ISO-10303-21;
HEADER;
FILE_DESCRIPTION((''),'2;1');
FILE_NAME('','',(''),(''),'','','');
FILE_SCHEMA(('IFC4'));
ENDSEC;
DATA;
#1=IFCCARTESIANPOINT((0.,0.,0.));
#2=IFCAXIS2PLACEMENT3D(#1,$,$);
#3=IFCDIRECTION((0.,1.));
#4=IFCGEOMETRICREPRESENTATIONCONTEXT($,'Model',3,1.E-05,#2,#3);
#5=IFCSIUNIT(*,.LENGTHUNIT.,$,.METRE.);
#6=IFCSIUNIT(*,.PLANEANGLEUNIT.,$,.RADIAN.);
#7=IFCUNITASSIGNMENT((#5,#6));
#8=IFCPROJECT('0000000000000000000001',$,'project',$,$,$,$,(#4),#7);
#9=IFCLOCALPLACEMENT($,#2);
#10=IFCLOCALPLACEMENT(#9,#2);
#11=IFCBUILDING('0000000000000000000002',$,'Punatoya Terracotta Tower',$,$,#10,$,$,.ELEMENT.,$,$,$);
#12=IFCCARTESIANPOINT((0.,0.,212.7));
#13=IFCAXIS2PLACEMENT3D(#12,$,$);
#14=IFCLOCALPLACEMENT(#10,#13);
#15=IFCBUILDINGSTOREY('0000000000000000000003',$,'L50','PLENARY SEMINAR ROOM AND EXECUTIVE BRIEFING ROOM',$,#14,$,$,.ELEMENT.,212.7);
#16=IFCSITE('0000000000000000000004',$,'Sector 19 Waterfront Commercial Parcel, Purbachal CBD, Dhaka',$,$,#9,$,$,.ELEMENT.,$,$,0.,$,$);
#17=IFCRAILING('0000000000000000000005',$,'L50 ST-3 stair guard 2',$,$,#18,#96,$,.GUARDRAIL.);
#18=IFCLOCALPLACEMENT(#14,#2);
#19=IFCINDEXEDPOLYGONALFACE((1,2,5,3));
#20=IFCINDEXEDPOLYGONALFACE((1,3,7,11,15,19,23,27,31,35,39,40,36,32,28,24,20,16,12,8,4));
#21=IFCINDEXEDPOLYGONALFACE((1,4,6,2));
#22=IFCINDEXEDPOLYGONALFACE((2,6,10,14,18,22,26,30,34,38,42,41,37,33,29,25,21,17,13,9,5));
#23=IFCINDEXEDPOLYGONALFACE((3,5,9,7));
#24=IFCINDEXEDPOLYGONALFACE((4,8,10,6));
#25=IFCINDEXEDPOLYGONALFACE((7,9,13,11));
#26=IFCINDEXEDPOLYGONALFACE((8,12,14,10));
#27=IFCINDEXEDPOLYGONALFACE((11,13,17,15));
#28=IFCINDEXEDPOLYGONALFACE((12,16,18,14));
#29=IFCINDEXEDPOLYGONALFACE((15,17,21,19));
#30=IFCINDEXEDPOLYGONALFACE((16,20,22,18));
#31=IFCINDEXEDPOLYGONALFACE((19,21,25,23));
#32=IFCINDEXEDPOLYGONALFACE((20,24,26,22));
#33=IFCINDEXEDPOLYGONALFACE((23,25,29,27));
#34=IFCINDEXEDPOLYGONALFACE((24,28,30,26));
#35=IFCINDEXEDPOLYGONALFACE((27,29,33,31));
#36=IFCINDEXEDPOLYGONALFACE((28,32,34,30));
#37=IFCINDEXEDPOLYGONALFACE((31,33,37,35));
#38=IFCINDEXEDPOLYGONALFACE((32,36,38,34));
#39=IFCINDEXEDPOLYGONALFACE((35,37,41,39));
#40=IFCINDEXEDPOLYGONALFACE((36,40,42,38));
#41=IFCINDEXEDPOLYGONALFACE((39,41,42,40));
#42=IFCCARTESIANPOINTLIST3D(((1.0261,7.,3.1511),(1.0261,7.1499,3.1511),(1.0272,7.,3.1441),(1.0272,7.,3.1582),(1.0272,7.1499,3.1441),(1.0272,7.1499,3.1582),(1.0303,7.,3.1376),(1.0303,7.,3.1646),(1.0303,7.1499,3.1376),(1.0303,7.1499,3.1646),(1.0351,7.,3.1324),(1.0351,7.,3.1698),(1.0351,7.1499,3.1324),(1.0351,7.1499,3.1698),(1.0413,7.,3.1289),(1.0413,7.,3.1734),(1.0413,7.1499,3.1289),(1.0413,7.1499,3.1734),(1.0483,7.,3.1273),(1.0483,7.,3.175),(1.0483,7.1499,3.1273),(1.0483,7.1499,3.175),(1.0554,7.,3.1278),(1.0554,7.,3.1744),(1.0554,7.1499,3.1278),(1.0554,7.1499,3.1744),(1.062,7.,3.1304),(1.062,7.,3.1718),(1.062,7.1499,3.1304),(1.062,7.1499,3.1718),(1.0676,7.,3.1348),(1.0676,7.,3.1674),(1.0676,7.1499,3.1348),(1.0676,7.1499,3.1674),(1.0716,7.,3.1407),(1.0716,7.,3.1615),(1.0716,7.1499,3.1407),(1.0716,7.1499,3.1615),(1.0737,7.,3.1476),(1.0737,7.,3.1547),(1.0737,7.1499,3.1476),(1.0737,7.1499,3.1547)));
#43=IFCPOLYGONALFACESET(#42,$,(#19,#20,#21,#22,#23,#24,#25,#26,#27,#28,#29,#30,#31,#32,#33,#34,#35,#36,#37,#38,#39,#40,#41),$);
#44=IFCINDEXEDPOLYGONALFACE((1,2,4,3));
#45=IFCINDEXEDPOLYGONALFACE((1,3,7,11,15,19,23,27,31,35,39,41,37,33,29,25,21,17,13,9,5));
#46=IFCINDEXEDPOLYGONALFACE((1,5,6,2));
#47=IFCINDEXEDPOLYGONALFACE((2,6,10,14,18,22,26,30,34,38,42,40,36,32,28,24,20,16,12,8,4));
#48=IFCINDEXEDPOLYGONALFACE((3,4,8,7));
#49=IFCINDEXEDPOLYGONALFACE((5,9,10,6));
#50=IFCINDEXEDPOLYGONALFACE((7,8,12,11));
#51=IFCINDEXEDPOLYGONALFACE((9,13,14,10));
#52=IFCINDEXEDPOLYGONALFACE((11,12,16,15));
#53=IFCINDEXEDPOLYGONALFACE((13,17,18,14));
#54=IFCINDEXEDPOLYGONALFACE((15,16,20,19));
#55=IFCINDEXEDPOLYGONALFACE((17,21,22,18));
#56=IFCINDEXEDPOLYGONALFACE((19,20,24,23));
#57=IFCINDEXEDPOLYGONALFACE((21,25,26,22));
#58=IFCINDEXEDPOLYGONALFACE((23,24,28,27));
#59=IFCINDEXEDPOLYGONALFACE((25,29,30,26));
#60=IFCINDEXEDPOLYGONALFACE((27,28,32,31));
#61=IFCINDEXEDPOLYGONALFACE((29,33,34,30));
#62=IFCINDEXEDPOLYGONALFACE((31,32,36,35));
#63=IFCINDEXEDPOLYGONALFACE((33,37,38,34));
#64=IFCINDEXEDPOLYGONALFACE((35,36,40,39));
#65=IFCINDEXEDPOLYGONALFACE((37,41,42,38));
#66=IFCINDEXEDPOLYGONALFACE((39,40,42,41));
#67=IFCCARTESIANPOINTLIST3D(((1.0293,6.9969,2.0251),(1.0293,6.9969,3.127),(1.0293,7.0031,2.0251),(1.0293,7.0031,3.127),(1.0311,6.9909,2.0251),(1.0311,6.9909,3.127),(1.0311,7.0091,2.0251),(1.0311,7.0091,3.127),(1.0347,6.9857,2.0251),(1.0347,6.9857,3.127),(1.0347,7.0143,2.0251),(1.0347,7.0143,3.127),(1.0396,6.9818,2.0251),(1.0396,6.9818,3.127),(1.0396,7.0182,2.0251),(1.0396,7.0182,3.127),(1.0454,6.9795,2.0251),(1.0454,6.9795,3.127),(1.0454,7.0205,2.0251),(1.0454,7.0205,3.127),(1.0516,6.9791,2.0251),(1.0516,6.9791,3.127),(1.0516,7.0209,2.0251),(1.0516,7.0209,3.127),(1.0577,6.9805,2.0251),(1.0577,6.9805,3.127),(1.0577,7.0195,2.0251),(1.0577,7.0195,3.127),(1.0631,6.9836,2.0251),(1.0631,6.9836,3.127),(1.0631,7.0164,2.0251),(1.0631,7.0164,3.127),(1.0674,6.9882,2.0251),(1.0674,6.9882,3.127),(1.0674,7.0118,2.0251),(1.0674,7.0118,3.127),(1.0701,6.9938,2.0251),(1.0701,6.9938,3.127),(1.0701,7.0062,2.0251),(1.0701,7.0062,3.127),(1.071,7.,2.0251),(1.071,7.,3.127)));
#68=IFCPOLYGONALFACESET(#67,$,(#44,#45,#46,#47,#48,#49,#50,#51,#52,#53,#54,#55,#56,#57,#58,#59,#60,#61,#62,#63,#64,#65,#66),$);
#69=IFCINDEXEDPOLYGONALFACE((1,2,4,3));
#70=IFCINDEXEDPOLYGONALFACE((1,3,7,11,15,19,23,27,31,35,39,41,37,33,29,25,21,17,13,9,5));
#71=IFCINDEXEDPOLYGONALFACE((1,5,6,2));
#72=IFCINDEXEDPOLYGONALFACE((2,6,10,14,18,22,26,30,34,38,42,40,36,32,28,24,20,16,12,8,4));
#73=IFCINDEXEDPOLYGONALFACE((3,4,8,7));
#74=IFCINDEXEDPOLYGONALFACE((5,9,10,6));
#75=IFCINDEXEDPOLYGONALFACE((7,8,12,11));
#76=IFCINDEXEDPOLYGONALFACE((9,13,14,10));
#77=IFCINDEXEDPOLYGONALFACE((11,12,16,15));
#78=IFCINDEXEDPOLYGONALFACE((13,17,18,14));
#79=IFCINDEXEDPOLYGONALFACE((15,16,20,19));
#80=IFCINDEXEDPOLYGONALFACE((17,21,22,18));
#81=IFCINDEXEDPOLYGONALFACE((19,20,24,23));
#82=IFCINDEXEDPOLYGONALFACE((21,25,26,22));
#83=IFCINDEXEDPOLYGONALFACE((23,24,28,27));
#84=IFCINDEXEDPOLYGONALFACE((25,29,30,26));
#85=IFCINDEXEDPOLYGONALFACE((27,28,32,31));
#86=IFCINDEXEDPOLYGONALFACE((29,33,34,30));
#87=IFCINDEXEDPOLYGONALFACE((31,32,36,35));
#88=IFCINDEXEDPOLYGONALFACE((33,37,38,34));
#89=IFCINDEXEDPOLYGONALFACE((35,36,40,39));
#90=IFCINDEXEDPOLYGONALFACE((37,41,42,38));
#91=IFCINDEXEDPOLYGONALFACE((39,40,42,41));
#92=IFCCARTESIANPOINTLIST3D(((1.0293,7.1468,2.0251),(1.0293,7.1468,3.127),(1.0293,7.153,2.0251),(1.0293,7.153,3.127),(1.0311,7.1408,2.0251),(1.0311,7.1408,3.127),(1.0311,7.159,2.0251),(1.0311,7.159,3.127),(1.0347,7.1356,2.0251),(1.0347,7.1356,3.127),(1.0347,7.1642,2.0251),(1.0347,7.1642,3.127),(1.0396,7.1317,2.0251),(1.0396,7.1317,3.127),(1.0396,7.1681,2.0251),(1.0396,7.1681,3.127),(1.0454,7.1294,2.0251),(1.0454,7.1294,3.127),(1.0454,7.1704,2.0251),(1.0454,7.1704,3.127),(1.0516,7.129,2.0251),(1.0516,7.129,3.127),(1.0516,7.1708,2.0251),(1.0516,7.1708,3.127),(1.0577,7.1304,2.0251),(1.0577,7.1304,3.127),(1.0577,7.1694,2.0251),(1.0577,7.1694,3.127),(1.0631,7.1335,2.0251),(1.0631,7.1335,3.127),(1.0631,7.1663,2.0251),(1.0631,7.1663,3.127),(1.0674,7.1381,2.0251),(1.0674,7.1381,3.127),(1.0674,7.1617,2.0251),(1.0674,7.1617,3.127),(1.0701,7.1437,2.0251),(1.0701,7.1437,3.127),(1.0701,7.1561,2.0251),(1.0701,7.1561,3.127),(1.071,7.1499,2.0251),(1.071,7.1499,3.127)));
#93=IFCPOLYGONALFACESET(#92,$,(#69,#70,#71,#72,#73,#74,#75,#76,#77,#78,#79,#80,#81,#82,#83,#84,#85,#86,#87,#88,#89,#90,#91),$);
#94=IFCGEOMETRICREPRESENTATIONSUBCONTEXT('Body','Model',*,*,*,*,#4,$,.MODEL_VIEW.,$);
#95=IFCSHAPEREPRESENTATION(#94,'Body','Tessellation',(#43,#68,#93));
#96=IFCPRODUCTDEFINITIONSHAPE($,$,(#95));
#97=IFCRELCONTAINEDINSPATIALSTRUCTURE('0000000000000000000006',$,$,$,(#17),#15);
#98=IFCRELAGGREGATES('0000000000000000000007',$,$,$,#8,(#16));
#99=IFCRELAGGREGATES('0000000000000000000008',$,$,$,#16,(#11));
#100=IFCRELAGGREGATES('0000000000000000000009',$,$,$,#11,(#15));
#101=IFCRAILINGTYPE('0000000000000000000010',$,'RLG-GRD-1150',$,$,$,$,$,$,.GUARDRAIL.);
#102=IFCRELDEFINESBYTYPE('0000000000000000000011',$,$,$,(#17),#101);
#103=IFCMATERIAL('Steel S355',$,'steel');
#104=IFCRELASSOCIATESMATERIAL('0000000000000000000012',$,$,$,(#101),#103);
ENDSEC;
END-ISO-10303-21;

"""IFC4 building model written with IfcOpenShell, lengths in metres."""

from ifc_helpers import new_model, si_unit, direction, frame, origin, origin_2d, place, context, subcontext, project, spatial, circle, extrude, material, type_object, element, save


model = new_model("IFC4")

# Units and contexts
model_context = context("Model", 3, precision=1e-05, world=origin(), true_north=direction((0.0, 1.0)))
body_context = subcontext(model_context, "Body", "Model", "MODEL_VIEW")
ifc_project = project(units=[si_unit("LENGTHUNIT", "METRE"), si_unit("PLANEANGLEUNIT", "RADIAN")], contexts=[model_context])

# Site, building, storey
site_placement = place(None, origin())
site = spatial("IfcSite", under=ifc_project, at=site_placement, Name="Sector 19 Waterfront Commercial Parcel, Purbachal CBD, Dhaka", CompositionType="ELEMENT", RefElevation=0.0)
building_placement = place(site_placement, origin())
building = spatial("IfcBuilding", under=site, at=building_placement, Name="Punatoya Terracotta Tower", CompositionType="ELEMENT")
storey_placement = place(building_placement, frame((0.0, 0.0, 212.7)))
storey = spatial("IfcBuildingStorey", under=building, at=storey_placement, Name="L50", Description="PLENARY SEMINAR ROOM AND EXECUTIVE BRIEFING ROOM", CompositionType="ELEMENT", Elevation=212.7)

# Shared definitions
ifc_material_1 = material(Name="Steel S355", Category="steel")

# Railing
railing_type_1 = type_object("IfcRailingType", Name="RLG-GRD-1150", PredefinedType="GUARDRAIL", material=ifc_material_1)
railing_1_placement = place(storey_placement, frame((1.05, 7.0, 2.0251)))
element("IfcRailing", 1, at=railing_1_placement, inside=storey, type_object=railing_type_1, Name="L50 ST-3 stair guard 2", PredefinedType="GUARDRAIL", context=body_context, shape_type="SweptSolid", body=[
    extrude(circle(Radius=0.0239, at=origin_2d()), frame((0.0, 0.0, 1.126), z_axis=(0.0, 1.0, 0.0), x_axis=(-1.0, 0.0, 0.0)), (0.0, 0.0, 1.0), 0.1499),
    extrude(circle(Radius=0.021, at=origin_2d()), origin(), (0.0, 0.0, 1.0), 1.1018),
    extrude(circle(Radius=0.021, at=origin_2d()), frame((0.0, 0.1499, 0.0)), (0.0, 0.0, 1.0), 1.1018),
])

save(model, "model.ifc")
